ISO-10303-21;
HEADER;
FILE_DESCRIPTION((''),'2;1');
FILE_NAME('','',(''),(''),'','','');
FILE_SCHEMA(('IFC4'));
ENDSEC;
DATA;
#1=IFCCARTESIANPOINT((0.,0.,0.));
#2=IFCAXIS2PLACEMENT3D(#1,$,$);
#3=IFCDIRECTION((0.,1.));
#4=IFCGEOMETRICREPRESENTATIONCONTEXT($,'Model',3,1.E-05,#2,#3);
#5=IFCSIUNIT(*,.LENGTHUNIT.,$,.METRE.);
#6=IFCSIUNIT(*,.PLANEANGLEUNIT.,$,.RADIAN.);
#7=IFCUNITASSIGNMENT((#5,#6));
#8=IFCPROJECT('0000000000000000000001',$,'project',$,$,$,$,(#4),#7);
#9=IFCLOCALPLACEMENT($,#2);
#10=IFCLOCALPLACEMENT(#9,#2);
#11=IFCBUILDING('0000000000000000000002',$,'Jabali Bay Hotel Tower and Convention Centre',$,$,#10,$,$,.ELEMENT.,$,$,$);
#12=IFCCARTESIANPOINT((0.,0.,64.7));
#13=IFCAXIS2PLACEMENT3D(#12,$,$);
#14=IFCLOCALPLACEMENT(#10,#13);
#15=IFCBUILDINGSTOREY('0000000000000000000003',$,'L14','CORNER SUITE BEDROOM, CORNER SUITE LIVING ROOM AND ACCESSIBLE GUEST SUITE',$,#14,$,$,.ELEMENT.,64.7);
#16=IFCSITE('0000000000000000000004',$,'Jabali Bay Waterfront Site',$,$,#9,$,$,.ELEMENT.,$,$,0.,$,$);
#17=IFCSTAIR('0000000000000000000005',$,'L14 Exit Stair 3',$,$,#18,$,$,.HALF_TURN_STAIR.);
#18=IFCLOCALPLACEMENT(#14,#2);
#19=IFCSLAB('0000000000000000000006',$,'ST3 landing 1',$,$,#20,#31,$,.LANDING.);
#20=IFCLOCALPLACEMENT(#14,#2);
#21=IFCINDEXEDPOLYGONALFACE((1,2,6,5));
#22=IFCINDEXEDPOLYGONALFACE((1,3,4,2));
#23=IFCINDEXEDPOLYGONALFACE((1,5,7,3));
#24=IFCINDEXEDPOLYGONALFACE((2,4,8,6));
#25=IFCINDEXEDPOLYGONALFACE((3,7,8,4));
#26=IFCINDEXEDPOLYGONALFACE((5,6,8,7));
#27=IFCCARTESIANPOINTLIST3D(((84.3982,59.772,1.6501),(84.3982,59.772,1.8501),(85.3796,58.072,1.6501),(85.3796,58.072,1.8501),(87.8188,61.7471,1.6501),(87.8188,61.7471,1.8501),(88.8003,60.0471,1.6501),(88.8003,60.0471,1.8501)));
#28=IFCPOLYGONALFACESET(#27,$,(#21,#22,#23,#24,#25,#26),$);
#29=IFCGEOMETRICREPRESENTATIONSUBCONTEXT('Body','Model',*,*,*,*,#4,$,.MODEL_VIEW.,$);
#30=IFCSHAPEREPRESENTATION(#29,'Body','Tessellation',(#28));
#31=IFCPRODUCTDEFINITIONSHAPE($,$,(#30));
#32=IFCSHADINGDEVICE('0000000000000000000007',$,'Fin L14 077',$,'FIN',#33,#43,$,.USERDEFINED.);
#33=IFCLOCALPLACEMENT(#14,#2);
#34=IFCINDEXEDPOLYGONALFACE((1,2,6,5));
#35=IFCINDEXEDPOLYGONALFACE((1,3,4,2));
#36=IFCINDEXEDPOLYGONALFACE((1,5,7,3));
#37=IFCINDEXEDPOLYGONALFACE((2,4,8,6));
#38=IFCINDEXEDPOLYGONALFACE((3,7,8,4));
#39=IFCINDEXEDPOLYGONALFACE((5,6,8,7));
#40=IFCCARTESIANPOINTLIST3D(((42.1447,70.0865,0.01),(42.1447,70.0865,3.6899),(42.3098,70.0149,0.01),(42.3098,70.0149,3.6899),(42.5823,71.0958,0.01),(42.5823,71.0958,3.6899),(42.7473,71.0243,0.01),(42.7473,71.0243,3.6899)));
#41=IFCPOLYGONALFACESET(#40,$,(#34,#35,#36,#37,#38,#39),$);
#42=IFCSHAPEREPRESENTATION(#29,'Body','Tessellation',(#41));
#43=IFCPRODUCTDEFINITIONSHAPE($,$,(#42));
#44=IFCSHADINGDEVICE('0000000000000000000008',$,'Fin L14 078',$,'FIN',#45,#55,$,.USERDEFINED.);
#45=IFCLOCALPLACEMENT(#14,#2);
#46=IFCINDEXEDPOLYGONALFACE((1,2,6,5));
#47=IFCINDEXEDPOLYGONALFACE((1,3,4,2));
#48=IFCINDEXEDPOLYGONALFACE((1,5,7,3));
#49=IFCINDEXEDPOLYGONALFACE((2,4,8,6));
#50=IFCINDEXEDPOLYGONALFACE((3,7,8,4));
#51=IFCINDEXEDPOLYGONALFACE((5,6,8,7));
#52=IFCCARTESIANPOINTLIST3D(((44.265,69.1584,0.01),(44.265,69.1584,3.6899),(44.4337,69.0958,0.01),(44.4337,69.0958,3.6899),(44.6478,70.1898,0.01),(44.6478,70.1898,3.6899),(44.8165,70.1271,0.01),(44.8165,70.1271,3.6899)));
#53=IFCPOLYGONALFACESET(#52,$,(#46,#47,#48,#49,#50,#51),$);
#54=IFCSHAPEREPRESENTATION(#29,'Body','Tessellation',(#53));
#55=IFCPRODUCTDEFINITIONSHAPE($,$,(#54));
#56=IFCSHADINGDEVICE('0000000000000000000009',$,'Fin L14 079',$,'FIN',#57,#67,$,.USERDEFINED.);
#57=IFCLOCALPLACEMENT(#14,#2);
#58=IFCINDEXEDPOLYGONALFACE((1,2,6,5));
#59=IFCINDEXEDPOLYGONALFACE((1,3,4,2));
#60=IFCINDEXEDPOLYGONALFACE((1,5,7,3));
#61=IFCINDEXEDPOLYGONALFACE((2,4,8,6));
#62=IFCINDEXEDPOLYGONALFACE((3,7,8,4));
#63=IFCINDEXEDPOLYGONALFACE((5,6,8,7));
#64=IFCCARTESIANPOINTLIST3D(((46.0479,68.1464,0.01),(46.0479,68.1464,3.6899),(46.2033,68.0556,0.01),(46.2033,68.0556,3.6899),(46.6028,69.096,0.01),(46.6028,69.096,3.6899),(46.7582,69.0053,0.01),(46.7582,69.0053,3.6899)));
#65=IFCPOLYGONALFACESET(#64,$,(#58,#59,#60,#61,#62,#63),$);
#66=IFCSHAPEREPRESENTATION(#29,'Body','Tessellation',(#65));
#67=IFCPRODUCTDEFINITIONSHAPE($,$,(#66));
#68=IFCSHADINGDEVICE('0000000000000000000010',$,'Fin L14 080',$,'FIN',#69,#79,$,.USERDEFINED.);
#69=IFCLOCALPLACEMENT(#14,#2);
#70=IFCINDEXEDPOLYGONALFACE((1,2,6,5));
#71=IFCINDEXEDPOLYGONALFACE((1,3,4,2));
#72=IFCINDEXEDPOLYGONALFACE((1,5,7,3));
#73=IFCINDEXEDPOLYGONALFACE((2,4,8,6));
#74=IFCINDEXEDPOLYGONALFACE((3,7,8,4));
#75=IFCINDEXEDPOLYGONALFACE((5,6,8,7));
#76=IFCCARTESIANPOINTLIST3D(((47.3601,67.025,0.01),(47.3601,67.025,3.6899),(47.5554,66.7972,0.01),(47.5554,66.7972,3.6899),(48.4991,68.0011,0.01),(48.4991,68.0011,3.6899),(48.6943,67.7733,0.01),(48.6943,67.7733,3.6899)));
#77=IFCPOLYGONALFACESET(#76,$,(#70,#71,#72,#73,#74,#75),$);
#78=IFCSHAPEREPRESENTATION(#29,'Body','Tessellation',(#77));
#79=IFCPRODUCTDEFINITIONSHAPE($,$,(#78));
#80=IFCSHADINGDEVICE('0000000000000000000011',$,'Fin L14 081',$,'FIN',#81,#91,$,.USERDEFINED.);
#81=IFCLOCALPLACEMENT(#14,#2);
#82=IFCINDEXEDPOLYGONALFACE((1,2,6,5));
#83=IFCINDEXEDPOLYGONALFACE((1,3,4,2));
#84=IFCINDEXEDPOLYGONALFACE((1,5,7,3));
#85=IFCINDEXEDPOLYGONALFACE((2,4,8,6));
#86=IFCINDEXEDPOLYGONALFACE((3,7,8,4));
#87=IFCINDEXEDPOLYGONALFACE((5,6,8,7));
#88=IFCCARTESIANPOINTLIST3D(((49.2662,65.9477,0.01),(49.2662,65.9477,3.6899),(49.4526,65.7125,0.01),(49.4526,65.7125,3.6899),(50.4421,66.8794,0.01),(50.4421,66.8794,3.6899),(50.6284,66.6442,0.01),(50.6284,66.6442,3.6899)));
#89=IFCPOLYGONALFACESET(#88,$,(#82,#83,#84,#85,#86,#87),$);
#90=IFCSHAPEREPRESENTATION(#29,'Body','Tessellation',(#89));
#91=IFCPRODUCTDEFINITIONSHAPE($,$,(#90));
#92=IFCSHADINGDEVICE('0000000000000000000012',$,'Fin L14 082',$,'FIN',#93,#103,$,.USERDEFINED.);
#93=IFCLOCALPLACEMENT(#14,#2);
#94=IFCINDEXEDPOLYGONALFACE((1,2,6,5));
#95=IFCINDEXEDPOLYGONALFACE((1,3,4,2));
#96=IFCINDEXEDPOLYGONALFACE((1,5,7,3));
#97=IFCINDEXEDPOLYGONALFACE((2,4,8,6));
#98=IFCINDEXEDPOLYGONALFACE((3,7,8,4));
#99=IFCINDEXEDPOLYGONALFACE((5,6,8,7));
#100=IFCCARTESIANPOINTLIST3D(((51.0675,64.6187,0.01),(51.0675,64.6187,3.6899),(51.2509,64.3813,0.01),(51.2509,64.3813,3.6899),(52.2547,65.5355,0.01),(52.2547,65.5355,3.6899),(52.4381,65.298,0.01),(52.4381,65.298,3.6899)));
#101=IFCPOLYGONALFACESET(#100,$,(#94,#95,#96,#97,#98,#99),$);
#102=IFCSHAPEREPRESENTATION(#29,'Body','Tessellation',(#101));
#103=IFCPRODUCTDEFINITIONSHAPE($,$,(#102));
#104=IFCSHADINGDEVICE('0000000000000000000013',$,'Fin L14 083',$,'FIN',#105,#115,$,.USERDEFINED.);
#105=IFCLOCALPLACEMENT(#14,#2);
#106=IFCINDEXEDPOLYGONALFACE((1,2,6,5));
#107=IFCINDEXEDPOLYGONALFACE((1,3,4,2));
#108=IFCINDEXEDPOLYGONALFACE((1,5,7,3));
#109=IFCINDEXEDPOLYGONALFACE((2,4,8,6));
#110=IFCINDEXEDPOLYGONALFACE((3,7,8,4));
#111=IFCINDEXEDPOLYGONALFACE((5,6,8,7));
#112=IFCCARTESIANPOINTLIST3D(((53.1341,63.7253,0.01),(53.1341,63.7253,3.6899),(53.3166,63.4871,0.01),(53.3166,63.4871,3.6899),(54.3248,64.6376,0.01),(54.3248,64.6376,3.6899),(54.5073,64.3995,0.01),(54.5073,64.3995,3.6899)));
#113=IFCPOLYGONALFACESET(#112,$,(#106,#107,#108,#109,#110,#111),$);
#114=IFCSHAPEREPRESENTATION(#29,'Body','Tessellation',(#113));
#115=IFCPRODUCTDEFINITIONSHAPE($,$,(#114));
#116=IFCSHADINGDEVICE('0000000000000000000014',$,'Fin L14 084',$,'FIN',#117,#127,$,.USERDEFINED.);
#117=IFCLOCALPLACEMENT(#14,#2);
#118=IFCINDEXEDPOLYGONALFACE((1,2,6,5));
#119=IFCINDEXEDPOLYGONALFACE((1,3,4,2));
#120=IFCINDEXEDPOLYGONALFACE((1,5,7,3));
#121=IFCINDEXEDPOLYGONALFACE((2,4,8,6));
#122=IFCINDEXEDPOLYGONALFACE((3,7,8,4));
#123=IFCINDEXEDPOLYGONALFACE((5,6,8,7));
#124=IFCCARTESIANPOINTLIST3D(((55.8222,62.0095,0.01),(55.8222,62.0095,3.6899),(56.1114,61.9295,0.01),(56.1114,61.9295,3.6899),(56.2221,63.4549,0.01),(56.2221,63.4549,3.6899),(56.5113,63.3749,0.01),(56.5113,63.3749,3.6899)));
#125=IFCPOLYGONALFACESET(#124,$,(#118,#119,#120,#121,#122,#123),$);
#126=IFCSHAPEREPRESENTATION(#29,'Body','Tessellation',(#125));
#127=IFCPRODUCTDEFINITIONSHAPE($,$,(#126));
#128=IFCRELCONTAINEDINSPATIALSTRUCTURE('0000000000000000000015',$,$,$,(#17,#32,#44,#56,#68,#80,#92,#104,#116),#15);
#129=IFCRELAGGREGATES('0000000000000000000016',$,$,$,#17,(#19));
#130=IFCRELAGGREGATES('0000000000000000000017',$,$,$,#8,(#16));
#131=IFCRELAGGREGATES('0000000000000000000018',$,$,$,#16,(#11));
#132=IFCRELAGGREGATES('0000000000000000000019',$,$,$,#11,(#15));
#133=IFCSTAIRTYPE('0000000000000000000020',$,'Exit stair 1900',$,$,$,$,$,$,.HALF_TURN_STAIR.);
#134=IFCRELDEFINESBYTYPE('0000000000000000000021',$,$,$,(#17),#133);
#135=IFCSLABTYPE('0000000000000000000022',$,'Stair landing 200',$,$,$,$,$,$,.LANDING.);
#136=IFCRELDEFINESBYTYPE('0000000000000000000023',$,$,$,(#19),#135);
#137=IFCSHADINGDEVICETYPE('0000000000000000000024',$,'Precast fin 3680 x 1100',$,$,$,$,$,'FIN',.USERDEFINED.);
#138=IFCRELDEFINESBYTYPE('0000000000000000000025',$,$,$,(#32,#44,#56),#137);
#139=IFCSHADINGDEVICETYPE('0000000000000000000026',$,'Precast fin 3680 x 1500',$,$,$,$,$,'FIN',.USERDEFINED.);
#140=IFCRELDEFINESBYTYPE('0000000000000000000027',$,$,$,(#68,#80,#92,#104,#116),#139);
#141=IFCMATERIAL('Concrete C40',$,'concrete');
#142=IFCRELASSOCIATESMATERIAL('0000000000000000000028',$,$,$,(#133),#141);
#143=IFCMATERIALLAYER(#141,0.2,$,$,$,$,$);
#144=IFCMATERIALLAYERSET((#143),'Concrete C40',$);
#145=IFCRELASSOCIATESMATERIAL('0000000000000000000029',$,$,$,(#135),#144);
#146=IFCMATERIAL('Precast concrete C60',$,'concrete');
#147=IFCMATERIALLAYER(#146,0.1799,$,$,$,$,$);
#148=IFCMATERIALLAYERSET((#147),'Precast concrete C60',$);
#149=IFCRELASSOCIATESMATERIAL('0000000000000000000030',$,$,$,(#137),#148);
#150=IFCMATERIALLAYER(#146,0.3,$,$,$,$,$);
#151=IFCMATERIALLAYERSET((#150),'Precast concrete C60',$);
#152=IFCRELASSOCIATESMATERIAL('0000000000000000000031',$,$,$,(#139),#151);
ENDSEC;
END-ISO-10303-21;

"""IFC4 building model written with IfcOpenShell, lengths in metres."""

from ifc_helpers import new_model, si_unit, direction, frame, frame_2d, origin, place, context, subcontext, project, spatial, polyline, rectangle, outline, extrude, material, layer, layer_set, type_object, element, aggregate, save


model = new_model("IFC4")

# Units and contexts
model_context = context("Model", 3, precision=1e-05, world=origin(), true_north=direction((0.0, 1.0)))
body_context = subcontext(model_context, "Body", "Model", "MODEL_VIEW")
ifc_project = project(units=[si_unit("LENGTHUNIT", "METRE"), si_unit("PLANEANGLEUNIT", "RADIAN")], contexts=[model_context])

# Site, building, storey
site_placement = place(None, origin())
site = spatial("IfcSite", under=ifc_project, at=site_placement, Name="Jabali Bay Waterfront Site", CompositionType="ELEMENT", RefElevation=0.0)
building_placement = place(site_placement, origin())
building = spatial("IfcBuilding", under=site, at=building_placement, Name="Jabali Bay Hotel Tower and Convention Centre", CompositionType="ELEMENT")
storey_placement = place(building_placement, frame((0.0, 0.0, 64.7)))
storey = spatial("IfcBuildingStorey", under=building, at=storey_placement, Name="L14", Description="CORNER SUITE BEDROOM, CORNER SUITE LIVING ROOM AND ACCESSIBLE GUEST SUITE", CompositionType="ELEMENT", Elevation=64.7)

# Shared definitions
ifc_material_1 = material(Name="Concrete C40", Category="concrete")

# Stair, slab
stair_type = type_object("IfcStairType", Name="Exit stair 1900", PredefinedType="HALF_TURN_STAIR", material=ifc_material_1)
ifc_layer_1 = layer(ifc_material_1, 0.2)
ifc_layer_set_1 = layer_set([ifc_layer_1], Name="Concrete C40")
slab_type_1 = type_object("IfcSlabType", Name="Stair landing 200", PredefinedType="LANDING", material=ifc_layer_set_1)
stair_1_placement = place(storey_placement, origin())
stair_1 = element("IfcStair", 1, at=stair_1_placement, inside=storey, type_object=stair_type, Name="L14 Exit Stair 3", PredefinedType="HALF_TURN_STAIR")
slab_1_placement = place(storey_placement, frame((0.0, 0.0, 1.6501)))
slab_1 = element("IfcSlab", 2, at=slab_1_placement, type_object=slab_type_1, Name="ST3 landing 1", PredefinedType="LANDING", context=body_context, shape_type="SweptSolid", body=[
    extrude(outline(polyline([(84.3982, 59.772), (85.3796, 58.072), (88.8003, 60.0471), (87.8188, 61.7471), (84.3982, 59.772)])), origin(), (0.0, 0.0, 1.0), 0.2),
])
aggregate(stair_1, [slab_1])

# Shading devices
ifc_material_2 = material(Name="Precast concrete C60", Category="concrete")
ifc_layer_2 = layer(ifc_material_2, 0.1799)
ifc_layer_set_2 = layer_set([ifc_layer_2], Name="Precast concrete C60")
shading_device_type_1 = type_object("IfcShadingDeviceType", Name="Precast fin 3680 x 1100", ElementType="FIN", PredefinedType="USERDEFINED", material=ifc_layer_set_2)
for number, where, z_axis, x_axis, name in (
    (3, (42.6648, 71.0601, 0.01), (0.0, 0.0, 1.0), (-0.39772, -0.917507, 0.0), "Fin L14 077"),
    (4, (44.7322, 70.1584, 0.01), (0.0, 0.0, 1.0), (-0.348008, -0.937491, 0.0), "Fin L14 078"),
):
    element("IfcShadingDevice", number, at=place(storey_placement, frame(where, z_axis=z_axis, x_axis=x_axis)), inside=storey, type_object=shading_device_type_1, Name=name, ObjectType="FIN", PredefinedType="USERDEFINED", context=body_context, shape_type="SweptSolid", body=[
        extrude(rectangle(XDim=1.1001, YDim=0.1799, at=frame_2d((0.55, 0.0))), origin(), (0.0, 0.0, 1.0), 3.6799),
    ])
shading_device_1_placement = place(storey_placement, frame((46.6804, 69.0505, 0.01), z_axis=(0.0, 0.0, 1.0), x_axis=(-0.504506, -0.863408, 0.0)))
element("IfcShadingDevice", 5, at=shading_device_1_placement, inside=storey, type_object=shading_device_type_1, Name="Fin L14 079", ObjectType="FIN", PredefinedType="USERDEFINED", context=body_context, shape_type="SweptSolid", body=[
    extrude(rectangle(XDim=1.0999, YDim=0.1799, at=frame_2d((0.5498, 0.0))), origin(), (0.0, 0.0, 1.0), 3.6799),
])
ifc_layer_3 = layer(ifc_material_2, 0.3)
ifc_layer_set_3 = layer_set([ifc_layer_3], Name="Precast concrete C60")
shading_device_type_2 = type_object("IfcShadingDeviceType", Name="Precast fin 3680 x 1500", ElementType="FIN", PredefinedType="USERDEFINED", material=ifc_layer_set_3)
shading_device_2_placement = place(storey_placement, frame((48.5967, 67.8872, 0.01), z_axis=(0.0, 0.0, 1.0), x_axis=(-0.759303, -0.650738, 0.0)))
element("IfcShadingDevice", 6, at=shading_device_2_placement, inside=storey, type_object=shading_device_type_2, Name="Fin L14 080", ObjectType="FIN", PredefinedType="USERDEFINED", context=body_context, shape_type="SweptSolid", body=[
    extrude(rectangle(XDim=1.5, YDim=0.3, at=frame_2d((0.75, 0.0))), origin(), (0.0, 0.0, 1.0), 3.6799),
])
shading_device_3_placement = place(storey_placement, frame((50.5352, 66.7617, 0.01), z_axis=(0.0, 0.0, 1.0), x_axis=(-0.783782, -0.621036, 0.0)))
element("IfcShadingDevice", 7, at=shading_device_3_placement, inside=storey, type_object=shading_device_type_2, Name="Fin L14 081", ObjectType="FIN", PredefinedType="USERDEFINED", context=body_context, shape_type="SweptSolid", body=[
    extrude(rectangle(XDim=1.5002, YDim=0.3, at=frame_2d((0.75, 0.0))), origin(), (0.0, 0.0, 1.0), 3.6799),
])
for number, where, z_axis, x_axis, name in (
    (8, (52.3464, 65.4167, 0.01), (0.0, 0.0, 1.0), (-0.791503, -0.611165, 0.0), "Fin L14 082"),
    (9, (54.416, 64.5186, 0.01), (0.0, 0.0, 1.0), (-0.793766, -0.608223, 0.0), "Fin L14 083"),
):
    element("IfcShadingDevice", number, at=place(storey_placement, frame(where, z_axis=z_axis, x_axis=x_axis)), inside=storey, type_object=shading_device_type_2, Name=name, ObjectType="FIN", PredefinedType="USERDEFINED", context=body_context, shape_type="SweptSolid", body=[
        extrude(rectangle(XDim=1.5, YDim=0.3, at=frame_2d((0.75, 0.0))), origin(), (0.0, 0.0, 1.0), 3.6799),
    ])
shading_device_4_placement = place(storey_placement, frame((56.3667, 63.415, 0.01), z_axis=(0.0, 0.0, 1.0), x_axis=(-0.266628, -0.9638, 0.0)))
element("IfcShadingDevice", 10, at=shading_device_4_placement, inside=storey, type_object=shading_device_type_2, Name="Fin L14 084", ObjectType="FIN", PredefinedType="USERDEFINED", context=body_context, shape_type="SweptSolid", body=[
    extrude(rectangle(XDim=1.4998, YDim=0.3, at=frame_2d((0.75, 0.0))), origin(), (0.0, 0.0, 1.0), 3.6799),
])

save(model, "model.ifc")
